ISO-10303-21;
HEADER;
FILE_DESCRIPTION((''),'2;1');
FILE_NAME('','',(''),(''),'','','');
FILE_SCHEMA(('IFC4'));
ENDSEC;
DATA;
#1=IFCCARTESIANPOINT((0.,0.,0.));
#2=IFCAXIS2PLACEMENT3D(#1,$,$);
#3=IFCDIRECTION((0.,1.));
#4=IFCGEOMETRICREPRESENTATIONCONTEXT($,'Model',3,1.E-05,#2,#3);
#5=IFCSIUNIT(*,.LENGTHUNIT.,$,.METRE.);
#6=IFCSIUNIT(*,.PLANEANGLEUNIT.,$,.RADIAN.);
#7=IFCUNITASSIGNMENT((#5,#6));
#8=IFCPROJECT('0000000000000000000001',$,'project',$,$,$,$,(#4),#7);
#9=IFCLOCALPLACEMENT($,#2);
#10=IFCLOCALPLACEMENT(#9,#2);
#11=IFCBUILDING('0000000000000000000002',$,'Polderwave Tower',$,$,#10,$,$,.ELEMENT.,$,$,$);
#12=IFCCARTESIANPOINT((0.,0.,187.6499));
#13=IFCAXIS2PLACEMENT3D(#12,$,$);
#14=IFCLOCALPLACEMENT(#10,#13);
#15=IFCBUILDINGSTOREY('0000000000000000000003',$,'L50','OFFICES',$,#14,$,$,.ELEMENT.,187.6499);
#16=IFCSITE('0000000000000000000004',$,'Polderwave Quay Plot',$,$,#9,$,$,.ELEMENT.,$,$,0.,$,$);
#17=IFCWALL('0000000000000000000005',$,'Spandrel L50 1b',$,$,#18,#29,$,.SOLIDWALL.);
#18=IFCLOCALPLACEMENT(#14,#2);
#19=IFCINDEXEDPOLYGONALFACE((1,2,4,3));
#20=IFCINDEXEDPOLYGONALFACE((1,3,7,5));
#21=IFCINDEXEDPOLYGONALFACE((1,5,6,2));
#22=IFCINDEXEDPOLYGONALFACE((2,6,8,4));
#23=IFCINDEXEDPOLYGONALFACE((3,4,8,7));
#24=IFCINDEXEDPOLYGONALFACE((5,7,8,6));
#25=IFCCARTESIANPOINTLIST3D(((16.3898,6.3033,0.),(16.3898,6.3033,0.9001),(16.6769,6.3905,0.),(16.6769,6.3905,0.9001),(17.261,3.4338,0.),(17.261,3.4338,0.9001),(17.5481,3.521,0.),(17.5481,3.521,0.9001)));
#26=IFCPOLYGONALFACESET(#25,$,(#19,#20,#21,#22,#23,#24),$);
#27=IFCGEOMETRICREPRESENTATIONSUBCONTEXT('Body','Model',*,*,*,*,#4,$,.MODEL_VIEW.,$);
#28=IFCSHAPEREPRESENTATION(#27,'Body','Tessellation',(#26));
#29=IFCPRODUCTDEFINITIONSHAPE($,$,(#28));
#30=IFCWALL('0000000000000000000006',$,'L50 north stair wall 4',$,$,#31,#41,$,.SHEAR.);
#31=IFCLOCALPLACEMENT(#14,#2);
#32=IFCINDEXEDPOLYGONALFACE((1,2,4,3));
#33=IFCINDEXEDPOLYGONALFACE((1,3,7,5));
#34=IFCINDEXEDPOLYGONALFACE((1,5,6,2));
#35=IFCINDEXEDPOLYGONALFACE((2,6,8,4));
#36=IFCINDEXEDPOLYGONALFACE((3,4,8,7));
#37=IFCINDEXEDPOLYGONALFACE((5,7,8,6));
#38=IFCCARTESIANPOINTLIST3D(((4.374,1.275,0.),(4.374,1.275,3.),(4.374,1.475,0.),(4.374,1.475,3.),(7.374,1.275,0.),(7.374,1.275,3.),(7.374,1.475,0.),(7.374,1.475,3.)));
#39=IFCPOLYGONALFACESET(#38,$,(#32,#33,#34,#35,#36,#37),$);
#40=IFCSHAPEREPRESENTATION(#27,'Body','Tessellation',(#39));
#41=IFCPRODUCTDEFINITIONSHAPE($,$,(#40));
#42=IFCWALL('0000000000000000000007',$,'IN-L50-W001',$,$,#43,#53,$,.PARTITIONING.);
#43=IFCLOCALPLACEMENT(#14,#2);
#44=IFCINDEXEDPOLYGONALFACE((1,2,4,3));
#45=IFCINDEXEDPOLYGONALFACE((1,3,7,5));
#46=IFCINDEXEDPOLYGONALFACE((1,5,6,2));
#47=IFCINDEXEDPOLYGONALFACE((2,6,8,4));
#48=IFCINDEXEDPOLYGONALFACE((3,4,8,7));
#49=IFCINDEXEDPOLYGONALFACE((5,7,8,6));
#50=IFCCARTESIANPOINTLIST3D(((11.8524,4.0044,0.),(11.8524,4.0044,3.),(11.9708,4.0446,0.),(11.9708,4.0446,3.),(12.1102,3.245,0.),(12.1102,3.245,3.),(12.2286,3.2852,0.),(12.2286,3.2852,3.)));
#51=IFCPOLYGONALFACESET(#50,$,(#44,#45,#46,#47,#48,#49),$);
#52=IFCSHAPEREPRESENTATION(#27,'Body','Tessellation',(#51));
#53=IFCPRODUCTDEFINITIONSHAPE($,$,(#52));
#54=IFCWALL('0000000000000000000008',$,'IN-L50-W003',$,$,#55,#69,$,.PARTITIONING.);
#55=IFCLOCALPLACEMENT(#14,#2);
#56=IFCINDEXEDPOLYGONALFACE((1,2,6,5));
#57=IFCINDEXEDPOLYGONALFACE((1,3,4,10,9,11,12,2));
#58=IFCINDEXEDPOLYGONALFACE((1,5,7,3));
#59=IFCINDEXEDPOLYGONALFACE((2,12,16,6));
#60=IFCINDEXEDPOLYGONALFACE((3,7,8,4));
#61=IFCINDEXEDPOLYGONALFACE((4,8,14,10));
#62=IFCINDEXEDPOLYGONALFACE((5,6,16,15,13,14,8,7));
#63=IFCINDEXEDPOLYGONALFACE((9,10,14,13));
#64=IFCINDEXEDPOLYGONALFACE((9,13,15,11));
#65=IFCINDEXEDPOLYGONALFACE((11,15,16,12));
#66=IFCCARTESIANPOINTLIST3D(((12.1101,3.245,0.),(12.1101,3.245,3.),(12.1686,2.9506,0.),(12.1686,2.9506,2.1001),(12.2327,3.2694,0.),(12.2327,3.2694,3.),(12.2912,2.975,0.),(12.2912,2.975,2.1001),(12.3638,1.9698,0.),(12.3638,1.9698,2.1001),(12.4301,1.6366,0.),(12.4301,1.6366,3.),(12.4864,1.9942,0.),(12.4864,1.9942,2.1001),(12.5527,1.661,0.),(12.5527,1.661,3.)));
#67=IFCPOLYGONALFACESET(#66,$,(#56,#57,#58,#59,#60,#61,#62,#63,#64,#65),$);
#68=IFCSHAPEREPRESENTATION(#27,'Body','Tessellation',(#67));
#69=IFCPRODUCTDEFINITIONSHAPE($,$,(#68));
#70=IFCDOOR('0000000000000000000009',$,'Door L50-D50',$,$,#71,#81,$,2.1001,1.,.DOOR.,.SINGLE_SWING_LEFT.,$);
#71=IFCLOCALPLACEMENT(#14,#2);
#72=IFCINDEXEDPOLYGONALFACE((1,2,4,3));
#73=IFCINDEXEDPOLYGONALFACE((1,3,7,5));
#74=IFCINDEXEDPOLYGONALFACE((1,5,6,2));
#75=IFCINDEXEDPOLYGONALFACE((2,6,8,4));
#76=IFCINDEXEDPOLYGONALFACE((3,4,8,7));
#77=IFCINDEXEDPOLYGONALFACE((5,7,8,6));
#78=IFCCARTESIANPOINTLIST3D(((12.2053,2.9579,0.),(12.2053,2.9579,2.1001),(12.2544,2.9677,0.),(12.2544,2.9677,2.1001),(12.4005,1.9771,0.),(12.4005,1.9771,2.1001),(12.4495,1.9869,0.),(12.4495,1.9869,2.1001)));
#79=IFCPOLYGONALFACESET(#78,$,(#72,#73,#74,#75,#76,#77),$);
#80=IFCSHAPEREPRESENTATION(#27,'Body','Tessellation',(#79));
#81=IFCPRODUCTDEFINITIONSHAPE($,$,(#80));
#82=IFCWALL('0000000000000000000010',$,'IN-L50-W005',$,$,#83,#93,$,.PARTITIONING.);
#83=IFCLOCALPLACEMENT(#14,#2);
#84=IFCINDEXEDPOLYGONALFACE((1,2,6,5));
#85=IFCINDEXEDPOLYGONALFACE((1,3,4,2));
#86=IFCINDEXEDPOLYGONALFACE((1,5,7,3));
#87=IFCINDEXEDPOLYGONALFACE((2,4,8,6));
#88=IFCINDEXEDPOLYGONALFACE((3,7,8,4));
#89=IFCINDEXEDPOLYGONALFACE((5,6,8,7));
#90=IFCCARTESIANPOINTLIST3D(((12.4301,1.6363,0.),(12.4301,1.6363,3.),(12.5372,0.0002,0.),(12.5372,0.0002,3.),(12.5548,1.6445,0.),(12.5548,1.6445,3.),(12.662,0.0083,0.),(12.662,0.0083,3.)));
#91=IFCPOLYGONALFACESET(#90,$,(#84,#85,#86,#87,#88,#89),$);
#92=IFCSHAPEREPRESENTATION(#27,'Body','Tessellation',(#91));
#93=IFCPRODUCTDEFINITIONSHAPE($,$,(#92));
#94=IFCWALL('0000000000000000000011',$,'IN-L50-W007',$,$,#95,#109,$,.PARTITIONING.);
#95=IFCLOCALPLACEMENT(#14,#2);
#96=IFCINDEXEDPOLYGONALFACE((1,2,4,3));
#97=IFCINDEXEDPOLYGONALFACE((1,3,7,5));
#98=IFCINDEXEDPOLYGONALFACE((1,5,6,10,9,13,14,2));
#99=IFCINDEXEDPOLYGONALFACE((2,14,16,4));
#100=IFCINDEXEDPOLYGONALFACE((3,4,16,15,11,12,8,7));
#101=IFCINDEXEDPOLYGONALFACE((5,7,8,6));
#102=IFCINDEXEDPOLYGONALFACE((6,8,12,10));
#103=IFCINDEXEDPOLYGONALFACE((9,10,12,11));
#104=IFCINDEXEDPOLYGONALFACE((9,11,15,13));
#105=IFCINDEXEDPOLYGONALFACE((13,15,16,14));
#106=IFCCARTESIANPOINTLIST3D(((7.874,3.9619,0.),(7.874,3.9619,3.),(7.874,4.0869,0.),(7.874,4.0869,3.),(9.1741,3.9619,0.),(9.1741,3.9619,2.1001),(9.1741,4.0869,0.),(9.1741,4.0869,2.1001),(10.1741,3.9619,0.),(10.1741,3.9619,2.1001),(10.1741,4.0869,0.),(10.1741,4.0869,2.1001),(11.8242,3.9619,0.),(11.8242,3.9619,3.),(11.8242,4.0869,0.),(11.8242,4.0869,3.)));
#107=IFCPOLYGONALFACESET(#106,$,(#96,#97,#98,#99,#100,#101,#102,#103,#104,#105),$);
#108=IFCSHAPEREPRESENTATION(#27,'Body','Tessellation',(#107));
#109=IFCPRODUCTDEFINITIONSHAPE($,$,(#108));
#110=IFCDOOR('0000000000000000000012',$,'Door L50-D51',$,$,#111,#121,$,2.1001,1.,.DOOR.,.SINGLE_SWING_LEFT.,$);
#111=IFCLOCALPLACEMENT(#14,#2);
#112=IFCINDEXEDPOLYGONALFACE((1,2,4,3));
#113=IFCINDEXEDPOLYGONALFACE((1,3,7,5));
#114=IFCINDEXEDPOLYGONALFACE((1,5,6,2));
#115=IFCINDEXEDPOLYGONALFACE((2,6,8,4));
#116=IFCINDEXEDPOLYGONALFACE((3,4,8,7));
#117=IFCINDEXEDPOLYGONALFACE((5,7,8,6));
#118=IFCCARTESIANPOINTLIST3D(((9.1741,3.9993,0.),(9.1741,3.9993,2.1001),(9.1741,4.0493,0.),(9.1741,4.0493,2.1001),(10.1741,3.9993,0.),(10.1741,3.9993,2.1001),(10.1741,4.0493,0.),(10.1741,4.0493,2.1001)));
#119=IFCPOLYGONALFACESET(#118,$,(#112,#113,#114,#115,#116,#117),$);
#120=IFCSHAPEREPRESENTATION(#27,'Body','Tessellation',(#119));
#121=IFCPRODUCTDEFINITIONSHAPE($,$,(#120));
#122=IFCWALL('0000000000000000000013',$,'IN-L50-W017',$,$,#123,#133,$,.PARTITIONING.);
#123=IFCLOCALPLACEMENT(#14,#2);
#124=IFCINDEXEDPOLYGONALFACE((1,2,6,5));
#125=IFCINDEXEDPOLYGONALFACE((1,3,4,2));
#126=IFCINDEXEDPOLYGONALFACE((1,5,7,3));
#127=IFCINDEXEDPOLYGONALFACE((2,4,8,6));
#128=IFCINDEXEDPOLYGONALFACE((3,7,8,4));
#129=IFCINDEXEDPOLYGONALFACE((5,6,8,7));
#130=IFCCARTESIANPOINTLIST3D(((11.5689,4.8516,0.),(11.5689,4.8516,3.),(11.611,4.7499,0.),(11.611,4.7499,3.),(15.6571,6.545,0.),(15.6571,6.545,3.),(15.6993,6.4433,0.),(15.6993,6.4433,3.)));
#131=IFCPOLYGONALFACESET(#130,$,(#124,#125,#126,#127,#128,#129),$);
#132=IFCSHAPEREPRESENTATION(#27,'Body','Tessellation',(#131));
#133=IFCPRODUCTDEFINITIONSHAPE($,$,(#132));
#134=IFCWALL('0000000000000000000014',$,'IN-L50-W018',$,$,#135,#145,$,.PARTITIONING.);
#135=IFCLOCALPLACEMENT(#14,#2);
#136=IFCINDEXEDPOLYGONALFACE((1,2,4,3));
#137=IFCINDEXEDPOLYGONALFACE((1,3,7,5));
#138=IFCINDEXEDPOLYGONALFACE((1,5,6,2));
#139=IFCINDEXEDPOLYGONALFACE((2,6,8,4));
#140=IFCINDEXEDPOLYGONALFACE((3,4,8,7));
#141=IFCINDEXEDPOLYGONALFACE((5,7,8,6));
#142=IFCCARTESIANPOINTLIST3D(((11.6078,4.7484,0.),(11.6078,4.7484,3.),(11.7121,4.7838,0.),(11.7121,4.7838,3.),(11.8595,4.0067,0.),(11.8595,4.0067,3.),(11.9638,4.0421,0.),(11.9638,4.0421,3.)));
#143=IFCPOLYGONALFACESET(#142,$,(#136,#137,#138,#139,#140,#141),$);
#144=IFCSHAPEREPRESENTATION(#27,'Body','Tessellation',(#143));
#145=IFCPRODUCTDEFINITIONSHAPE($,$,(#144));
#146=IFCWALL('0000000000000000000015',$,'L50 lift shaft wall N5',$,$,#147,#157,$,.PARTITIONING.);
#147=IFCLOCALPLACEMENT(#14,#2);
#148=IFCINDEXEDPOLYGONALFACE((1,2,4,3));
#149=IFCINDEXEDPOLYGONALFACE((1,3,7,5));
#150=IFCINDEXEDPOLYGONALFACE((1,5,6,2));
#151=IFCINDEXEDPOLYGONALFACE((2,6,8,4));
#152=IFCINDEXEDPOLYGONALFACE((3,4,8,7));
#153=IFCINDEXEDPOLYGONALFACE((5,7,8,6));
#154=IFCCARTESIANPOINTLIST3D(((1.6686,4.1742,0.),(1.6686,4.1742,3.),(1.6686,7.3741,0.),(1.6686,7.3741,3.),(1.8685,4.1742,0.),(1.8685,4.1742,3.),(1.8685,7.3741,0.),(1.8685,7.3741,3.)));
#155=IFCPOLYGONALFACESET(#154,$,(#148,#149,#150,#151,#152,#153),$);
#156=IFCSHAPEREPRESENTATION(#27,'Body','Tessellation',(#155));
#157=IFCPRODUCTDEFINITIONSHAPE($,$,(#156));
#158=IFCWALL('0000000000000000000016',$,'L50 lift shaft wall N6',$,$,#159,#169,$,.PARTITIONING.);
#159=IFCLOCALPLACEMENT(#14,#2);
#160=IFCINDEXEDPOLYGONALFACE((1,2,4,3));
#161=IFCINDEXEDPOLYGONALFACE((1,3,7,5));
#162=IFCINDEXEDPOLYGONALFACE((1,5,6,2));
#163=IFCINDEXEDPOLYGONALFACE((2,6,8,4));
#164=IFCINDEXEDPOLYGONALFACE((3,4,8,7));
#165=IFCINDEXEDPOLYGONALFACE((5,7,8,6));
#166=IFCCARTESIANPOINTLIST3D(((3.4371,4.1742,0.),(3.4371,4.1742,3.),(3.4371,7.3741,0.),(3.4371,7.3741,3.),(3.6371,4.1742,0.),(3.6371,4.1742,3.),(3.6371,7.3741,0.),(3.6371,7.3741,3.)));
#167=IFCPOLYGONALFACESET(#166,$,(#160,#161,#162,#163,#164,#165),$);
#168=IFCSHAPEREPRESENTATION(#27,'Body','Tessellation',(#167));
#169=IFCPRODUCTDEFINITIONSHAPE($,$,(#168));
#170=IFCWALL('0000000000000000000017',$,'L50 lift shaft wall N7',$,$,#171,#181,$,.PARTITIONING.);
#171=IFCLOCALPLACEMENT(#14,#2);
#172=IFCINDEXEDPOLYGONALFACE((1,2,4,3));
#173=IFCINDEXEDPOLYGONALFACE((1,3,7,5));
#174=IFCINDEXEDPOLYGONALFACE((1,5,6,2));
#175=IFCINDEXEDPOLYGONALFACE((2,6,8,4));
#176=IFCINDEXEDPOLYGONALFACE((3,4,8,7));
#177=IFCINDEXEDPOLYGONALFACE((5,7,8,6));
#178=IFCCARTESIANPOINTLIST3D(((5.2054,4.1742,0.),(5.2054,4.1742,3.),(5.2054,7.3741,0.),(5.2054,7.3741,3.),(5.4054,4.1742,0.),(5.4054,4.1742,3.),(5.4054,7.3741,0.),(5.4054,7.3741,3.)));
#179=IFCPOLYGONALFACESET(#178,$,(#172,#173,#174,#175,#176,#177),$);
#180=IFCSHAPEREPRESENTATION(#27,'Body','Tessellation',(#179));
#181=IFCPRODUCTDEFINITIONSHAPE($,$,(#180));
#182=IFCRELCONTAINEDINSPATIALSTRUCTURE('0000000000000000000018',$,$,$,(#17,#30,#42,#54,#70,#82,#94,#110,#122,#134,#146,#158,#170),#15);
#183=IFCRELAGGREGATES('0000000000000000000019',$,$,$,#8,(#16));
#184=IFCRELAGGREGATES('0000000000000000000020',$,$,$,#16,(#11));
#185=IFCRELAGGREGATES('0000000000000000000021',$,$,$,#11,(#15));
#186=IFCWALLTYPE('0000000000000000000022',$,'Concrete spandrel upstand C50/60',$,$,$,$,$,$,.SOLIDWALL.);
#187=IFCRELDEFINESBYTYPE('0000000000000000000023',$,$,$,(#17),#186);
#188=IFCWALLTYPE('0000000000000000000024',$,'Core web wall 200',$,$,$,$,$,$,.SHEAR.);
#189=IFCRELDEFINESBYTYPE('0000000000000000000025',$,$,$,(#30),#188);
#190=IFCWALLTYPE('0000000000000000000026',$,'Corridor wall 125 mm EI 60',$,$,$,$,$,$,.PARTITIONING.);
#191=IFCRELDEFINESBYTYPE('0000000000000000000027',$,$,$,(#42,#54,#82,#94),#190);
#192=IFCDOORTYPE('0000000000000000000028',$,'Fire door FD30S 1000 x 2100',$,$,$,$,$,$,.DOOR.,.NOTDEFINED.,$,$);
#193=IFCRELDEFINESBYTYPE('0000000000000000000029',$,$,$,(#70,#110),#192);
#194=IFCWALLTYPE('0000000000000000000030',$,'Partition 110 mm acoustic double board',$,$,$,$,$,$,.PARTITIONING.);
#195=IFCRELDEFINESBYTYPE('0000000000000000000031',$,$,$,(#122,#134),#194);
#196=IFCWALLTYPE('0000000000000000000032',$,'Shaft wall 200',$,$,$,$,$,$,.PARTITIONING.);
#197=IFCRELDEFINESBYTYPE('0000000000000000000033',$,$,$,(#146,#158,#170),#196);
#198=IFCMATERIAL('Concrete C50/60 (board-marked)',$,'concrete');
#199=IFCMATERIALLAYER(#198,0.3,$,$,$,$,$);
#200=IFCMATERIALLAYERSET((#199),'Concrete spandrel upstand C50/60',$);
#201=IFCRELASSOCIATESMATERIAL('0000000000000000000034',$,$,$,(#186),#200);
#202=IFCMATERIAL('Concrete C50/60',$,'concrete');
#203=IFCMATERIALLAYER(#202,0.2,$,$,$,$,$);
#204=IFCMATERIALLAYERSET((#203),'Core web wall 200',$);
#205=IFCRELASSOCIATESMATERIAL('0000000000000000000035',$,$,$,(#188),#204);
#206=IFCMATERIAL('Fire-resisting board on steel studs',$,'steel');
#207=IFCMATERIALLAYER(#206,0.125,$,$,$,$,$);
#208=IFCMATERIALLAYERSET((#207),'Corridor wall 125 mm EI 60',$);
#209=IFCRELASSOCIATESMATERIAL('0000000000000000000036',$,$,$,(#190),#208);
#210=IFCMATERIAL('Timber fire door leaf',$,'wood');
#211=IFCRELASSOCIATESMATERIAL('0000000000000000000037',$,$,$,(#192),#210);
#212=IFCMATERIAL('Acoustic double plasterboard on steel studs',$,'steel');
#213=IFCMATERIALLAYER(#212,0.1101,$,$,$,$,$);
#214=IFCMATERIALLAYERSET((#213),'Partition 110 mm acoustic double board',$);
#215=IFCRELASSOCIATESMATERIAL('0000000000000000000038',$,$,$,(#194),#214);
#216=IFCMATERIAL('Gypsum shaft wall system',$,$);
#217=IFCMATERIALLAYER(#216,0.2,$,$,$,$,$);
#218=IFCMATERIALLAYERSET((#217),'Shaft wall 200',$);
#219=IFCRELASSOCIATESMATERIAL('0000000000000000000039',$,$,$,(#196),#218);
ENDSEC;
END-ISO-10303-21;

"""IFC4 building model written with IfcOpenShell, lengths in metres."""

from ifc_helpers import new_model, si_unit, direction, frame, frame_2d, origin, place, context, subcontext, project, spatial, rectangle, extrude, material, layer, layer_set, type_object, element, fill, save


model = new_model("IFC4")

# Units and contexts
model_context = context("Model", 3, precision=1e-05, world=origin(), true_north=direction((0.0, 1.0)))
body_context = subcontext(model_context, "Body", "Model", "MODEL_VIEW")
ifc_project = project(units=[si_unit("LENGTHUNIT", "METRE"), si_unit("PLANEANGLEUNIT", "RADIAN")], contexts=[model_context])

# Site, building, storey
site_placement = place(None, origin())
site = spatial("IfcSite", under=ifc_project, at=site_placement, Name="Polderwave Quay Plot", CompositionType="ELEMENT", RefElevation=0.0)
building_placement = place(site_placement, origin())
building = spatial("IfcBuilding", under=site, at=building_placement, Name="Polderwave Tower", CompositionType="ELEMENT")
storey_placement = place(building_placement, frame((0.0, 0.0, 187.6499)))
storey = spatial("IfcBuildingStorey", under=building, at=storey_placement, Name="L50", Description="OFFICES", CompositionType="ELEMENT", Elevation=187.6499)

# Walls
ifc_material_1 = material(Name="Concrete C50/60 (board-marked)", Category="concrete")
ifc_layer_1 = layer(ifc_material_1, 0.3)
ifc_layer_set_1 = layer_set([ifc_layer_1], Name="Concrete spandrel upstand C50/60")
wall_type_1 = type_object("IfcWallType", Name="Concrete spandrel upstand C50/60", PredefinedType="SOLIDWALL", material=ifc_layer_set_1)
wall_1_placement = place(storey_placement, frame((17.4045, 3.4773, 0.0), z_axis=(0.0, 0.0, 1.0), x_axis=(-0.290491, 0.956878, 0.0)))
element("IfcWall", 1, at=wall_1_placement, inside=storey, type_object=wall_type_1, Name="Spandrel L50 1b", PredefinedType="SOLIDWALL", context=body_context, shape_type="SweptSolid", body=[
    extrude(rectangle(XDim=2.9988, YDim=0.3, at=frame_2d((1.4995, 0.0))), origin(), (0.0, 0.0, 1.0), 0.9001),
])
ifc_material_2 = material(Name="Concrete C50/60", Category="concrete")
ifc_layer_2 = layer(ifc_material_2, 0.2)
ifc_layer_set_2 = layer_set([ifc_layer_2], Name="Core web wall 200")
wall_type_2 = type_object("IfcWallType", Name="Core web wall 200", PredefinedType="SHEAR", material=ifc_layer_set_2)
wall_2_placement = place(storey_placement, frame((4.374, 1.375, 0.0), z_axis=(0.0, 0.0, 1.0), x_axis=(1.0, 0.0, 0.0)))
element("IfcWall", 2, at=wall_2_placement, inside=storey, type_object=wall_type_2, Name="L50 north stair wall 4", PredefinedType="SHEAR", context=body_context, shape_type="SweptSolid", body=[
    extrude(rectangle(XDim=3.0, YDim=0.2, at=frame_2d((1.5, 0.0))), origin(), (0.0, 0.0, 1.0), 3.0),
])
ifc_material_3 = material(Name="Fire-resisting board on steel studs", Category="steel")
ifc_layer_3 = layer(ifc_material_3, 0.125)
ifc_layer_set_3 = layer_set([ifc_layer_3], Name="Corridor wall 125 mm EI 60")
wall_type_3 = type_object("IfcWallType", Name="Corridor wall 125 mm EI 60", PredefinedType="PARTITIONING", material=ifc_layer_set_3)
wall_3_placement = place(storey_placement, frame((11.9116, 4.0244, 0.0), z_axis=(0.0, 0.0, 1.0), x_axis=(0.321428, -0.946934, 0.0)))
element("IfcWall", 3, at=wall_3_placement, inside=storey, type_object=wall_type_3, Name="IN-L50-W001", PredefinedType="PARTITIONING", context=body_context, shape_type="SweptSolid", body=[
    extrude(rectangle(XDim=0.802, YDim=0.125, at=frame_2d((0.4009, 0.0))), origin(), (0.0, 0.0, 1.0), 3.0),
])

# Wall, opening, door
wall_4_placement = place(storey_placement, frame((12.1714, 3.2571, 0.0), z_axis=(0.0, 0.0, 1.0), x_axis=(0.195171, -0.980769, 0.0)))
wall_4 = element("IfcWall", 4, at=wall_4_placement, inside=storey, type_object=wall_type_3, Name="IN-L50-W003", PredefinedType="PARTITIONING", context=body_context, shape_type="SweptSolid", body=[
    extrude(rectangle(XDim=1.6399, YDim=0.125, at=frame_2d((0.8198, 0.0))), origin(), (0.0, 0.0, 1.0), 3.0),
])
opening_1_placement = place(wall_4_placement, frame((0.3, 0.0, 0.0)))
opening_1 = element("IfcOpeningElement", 5, at=opening_1_placement, cuts=wall_4, PredefinedType="OPENING", context=body_context, shape_type="SweptSolid", body=[
    extrude(rectangle(XDim=1.0, YDim=2.1001, at=frame_2d((0.5, 1.05))), frame((0.0, 0.0725, 0.0), z_axis=(0.0, -1.0, 0.0), x_axis=(1.0, 0.0, 0.0)), (0.0, 0.0, 1.0), 0.145),
])
ifc_material_4 = material(Name="Timber fire door leaf", Category="wood")
door_type = type_object("IfcDoorType", Name="Fire door FD30S 1000 x 2100", OperationType="NOTDEFINED", PredefinedType="DOOR", material=ifc_material_4)
door_1_placement = place(opening_1_placement, origin())
door_1 = element("IfcDoor", 6, at=door_1_placement, inside=storey, type_object=door_type, Name="Door L50-D50", OperationType="SINGLE_SWING_LEFT", OverallHeight=2.1001, OverallWidth=1.0, PredefinedType="DOOR", context=body_context, shape_type="SweptSolid", body=[
    extrude(rectangle(XDim=1.0, YDim=2.1001, at=frame_2d((0.5, 1.05))), frame((0.0, 0.0249, 0.0), z_axis=(0.0, -1.0, 0.0), x_axis=(1.0, 0.0, 0.0)), (0.0, 0.0, 1.0), 0.05),
])
fill(opening_1, door_1)

# Wall
wall_5_placement = place(storey_placement, frame((12.4924, 1.6404, 0.0), z_axis=(0.0, 0.0, 1.0), x_axis=(0.065363, -0.997862, 0.0)))
element("IfcWall", 7, at=wall_5_placement, inside=storey, type_object=wall_type_3, Name="IN-L50-W005", PredefinedType="PARTITIONING", context=body_context, shape_type="SweptSolid", body=[
    extrude(rectangle(XDim=1.6396, YDim=0.125, at=frame_2d((0.8198, 0.0))), origin(), (0.0, 0.0, 1.0), 3.0),
])

# Wall, opening, door
wall_6_placement = place(storey_placement, frame((7.874, 4.0244, 0.0), z_axis=(0.0, 0.0, 1.0), x_axis=(1.0, 0.0, 0.0)))
wall_6 = element("IfcWall", 8, at=wall_6_placement, inside=storey, type_object=wall_type_3, Name="IN-L50-W007", PredefinedType="PARTITIONING", context=body_context, shape_type="SweptSolid", body=[
    extrude(rectangle(XDim=3.9502, YDim=0.125, at=frame_2d((1.9751, 0.0))), origin(), (0.0, 0.0, 1.0), 3.0),
])
opening_2_placement = place(wall_6_placement, frame((1.3, 0.0, 0.0)))
opening_2 = element("IfcOpeningElement", 9, at=opening_2_placement, cuts=wall_6, PredefinedType="OPENING", context=body_context, shape_type="SweptSolid", body=[
    extrude(rectangle(XDim=1.0, YDim=2.1001, at=frame_2d((0.5, 1.05))), frame((0.0, 0.0725, 0.0), z_axis=(0.0, -1.0, 0.0), x_axis=(1.0, 0.0, 0.0)), (0.0, 0.0, 1.0), 0.145),
])
door_2_placement = place(opening_2_placement, origin())
door_2 = element("IfcDoor", 10, at=door_2_placement, inside=storey, type_object=door_type, Name="Door L50-D51", OperationType="SINGLE_SWING_LEFT", OverallHeight=2.1001, OverallWidth=1.0, PredefinedType="DOOR", context=body_context, shape_type="SweptSolid", body=[
    extrude(rectangle(XDim=1.0, YDim=2.1001, at=frame_2d((0.5, 1.05))), frame((0.0, 0.0249, 0.0), z_axis=(0.0, -1.0, 0.0), x_axis=(1.0, 0.0, 0.0)), (0.0, 0.0, 1.0), 0.05),
])
fill(opening_2, door_2)

# Walls
ifc_material_5 = material(Name="Acoustic double plasterboard on steel studs", Category="steel")
ifc_layer_4 = layer(ifc_material_5, 0.1101)
ifc_layer_set_4 = layer_set([ifc_layer_4], Name="Partition 110 mm acoustic double board")
wall_type_4 = type_object("IfcWallType", Name="Partition 110 mm acoustic double board", PredefinedType="PARTITIONING", material=ifc_layer_set_4)
wall_7_placement = place(storey_placement, frame((11.5901, 4.8008, 0.0), z_axis=(0.0, 0.0, 1.0), x_axis=(0.92388, 0.382683, 0.0)))
element("IfcWall", 11, at=wall_7_placement, inside=storey, type_object=wall_type_4, Name="IN-L50-W017", PredefinedType="PARTITIONING", context=body_context, shape_type="SweptSolid", body=[
    extrude(rectangle(XDim=4.425, YDim=0.1101, at=frame_2d((2.2124, 0.0))), origin(), (0.0, 0.0, 1.0), 3.0),
])
wall_8_placement = place(storey_placement, frame((11.9116, 4.0244, 0.0), z_axis=(0.0, 0.0, 1.0), x_axis=(-0.321366, 0.946955, 0.0)))
element("IfcWall", 12, at=wall_8_placement, inside=storey, type_object=wall_type_4, Name="IN-L50-W018", PredefinedType="PARTITIONING", context=body_context, shape_type="SweptSolid", body=[
    extrude(rectangle(XDim=0.7832, YDim=0.1101, at=frame_2d((0.3916, 0.0))), origin(), (0.0, 0.0, 1.0), 3.0),
])
ifc_material_6 = material(Name="Gypsum shaft wall system")
ifc_layer_5 = layer(ifc_material_6, 0.2)
ifc_layer_set_5 = layer_set([ifc_layer_5], Name="Shaft wall 200")
wall_type_5 = type_object("IfcWallType", Name="Shaft wall 200", PredefinedType="PARTITIONING", material=ifc_layer_set_5)
for number, where, z_axis, x_axis, name in (
    (13, (1.7686, 4.1741, 0.0), (0.0, 0.0, 1.0), (0.0, 1.0, 0.0), "L50 lift shaft wall N5"),
    (14, (3.5371, 4.1741, 0.0), (0.0, 0.0, 1.0), (0.0, 1.0, 0.0), "L50 lift shaft wall N6"),
    (15, (5.3054, 4.1741, 0.0), (0.0, 0.0, 1.0), (0.0, 1.0, 0.0), "L50 lift shaft wall N7"),
):
    element("IfcWall", number, at=place(storey_placement, frame(where, z_axis=z_axis, x_axis=x_axis)), inside=storey, type_object=wall_type_5, Name=name, PredefinedType="PARTITIONING", context=body_context, shape_type="SweptSolid", body=[
        extrude(rectangle(XDim=3.2, YDim=0.2, at=frame_2d((1.6001, 0.0))), origin(), (0.0, 0.0, 1.0), 3.0),
    ])

save(model, "model.ifc")
